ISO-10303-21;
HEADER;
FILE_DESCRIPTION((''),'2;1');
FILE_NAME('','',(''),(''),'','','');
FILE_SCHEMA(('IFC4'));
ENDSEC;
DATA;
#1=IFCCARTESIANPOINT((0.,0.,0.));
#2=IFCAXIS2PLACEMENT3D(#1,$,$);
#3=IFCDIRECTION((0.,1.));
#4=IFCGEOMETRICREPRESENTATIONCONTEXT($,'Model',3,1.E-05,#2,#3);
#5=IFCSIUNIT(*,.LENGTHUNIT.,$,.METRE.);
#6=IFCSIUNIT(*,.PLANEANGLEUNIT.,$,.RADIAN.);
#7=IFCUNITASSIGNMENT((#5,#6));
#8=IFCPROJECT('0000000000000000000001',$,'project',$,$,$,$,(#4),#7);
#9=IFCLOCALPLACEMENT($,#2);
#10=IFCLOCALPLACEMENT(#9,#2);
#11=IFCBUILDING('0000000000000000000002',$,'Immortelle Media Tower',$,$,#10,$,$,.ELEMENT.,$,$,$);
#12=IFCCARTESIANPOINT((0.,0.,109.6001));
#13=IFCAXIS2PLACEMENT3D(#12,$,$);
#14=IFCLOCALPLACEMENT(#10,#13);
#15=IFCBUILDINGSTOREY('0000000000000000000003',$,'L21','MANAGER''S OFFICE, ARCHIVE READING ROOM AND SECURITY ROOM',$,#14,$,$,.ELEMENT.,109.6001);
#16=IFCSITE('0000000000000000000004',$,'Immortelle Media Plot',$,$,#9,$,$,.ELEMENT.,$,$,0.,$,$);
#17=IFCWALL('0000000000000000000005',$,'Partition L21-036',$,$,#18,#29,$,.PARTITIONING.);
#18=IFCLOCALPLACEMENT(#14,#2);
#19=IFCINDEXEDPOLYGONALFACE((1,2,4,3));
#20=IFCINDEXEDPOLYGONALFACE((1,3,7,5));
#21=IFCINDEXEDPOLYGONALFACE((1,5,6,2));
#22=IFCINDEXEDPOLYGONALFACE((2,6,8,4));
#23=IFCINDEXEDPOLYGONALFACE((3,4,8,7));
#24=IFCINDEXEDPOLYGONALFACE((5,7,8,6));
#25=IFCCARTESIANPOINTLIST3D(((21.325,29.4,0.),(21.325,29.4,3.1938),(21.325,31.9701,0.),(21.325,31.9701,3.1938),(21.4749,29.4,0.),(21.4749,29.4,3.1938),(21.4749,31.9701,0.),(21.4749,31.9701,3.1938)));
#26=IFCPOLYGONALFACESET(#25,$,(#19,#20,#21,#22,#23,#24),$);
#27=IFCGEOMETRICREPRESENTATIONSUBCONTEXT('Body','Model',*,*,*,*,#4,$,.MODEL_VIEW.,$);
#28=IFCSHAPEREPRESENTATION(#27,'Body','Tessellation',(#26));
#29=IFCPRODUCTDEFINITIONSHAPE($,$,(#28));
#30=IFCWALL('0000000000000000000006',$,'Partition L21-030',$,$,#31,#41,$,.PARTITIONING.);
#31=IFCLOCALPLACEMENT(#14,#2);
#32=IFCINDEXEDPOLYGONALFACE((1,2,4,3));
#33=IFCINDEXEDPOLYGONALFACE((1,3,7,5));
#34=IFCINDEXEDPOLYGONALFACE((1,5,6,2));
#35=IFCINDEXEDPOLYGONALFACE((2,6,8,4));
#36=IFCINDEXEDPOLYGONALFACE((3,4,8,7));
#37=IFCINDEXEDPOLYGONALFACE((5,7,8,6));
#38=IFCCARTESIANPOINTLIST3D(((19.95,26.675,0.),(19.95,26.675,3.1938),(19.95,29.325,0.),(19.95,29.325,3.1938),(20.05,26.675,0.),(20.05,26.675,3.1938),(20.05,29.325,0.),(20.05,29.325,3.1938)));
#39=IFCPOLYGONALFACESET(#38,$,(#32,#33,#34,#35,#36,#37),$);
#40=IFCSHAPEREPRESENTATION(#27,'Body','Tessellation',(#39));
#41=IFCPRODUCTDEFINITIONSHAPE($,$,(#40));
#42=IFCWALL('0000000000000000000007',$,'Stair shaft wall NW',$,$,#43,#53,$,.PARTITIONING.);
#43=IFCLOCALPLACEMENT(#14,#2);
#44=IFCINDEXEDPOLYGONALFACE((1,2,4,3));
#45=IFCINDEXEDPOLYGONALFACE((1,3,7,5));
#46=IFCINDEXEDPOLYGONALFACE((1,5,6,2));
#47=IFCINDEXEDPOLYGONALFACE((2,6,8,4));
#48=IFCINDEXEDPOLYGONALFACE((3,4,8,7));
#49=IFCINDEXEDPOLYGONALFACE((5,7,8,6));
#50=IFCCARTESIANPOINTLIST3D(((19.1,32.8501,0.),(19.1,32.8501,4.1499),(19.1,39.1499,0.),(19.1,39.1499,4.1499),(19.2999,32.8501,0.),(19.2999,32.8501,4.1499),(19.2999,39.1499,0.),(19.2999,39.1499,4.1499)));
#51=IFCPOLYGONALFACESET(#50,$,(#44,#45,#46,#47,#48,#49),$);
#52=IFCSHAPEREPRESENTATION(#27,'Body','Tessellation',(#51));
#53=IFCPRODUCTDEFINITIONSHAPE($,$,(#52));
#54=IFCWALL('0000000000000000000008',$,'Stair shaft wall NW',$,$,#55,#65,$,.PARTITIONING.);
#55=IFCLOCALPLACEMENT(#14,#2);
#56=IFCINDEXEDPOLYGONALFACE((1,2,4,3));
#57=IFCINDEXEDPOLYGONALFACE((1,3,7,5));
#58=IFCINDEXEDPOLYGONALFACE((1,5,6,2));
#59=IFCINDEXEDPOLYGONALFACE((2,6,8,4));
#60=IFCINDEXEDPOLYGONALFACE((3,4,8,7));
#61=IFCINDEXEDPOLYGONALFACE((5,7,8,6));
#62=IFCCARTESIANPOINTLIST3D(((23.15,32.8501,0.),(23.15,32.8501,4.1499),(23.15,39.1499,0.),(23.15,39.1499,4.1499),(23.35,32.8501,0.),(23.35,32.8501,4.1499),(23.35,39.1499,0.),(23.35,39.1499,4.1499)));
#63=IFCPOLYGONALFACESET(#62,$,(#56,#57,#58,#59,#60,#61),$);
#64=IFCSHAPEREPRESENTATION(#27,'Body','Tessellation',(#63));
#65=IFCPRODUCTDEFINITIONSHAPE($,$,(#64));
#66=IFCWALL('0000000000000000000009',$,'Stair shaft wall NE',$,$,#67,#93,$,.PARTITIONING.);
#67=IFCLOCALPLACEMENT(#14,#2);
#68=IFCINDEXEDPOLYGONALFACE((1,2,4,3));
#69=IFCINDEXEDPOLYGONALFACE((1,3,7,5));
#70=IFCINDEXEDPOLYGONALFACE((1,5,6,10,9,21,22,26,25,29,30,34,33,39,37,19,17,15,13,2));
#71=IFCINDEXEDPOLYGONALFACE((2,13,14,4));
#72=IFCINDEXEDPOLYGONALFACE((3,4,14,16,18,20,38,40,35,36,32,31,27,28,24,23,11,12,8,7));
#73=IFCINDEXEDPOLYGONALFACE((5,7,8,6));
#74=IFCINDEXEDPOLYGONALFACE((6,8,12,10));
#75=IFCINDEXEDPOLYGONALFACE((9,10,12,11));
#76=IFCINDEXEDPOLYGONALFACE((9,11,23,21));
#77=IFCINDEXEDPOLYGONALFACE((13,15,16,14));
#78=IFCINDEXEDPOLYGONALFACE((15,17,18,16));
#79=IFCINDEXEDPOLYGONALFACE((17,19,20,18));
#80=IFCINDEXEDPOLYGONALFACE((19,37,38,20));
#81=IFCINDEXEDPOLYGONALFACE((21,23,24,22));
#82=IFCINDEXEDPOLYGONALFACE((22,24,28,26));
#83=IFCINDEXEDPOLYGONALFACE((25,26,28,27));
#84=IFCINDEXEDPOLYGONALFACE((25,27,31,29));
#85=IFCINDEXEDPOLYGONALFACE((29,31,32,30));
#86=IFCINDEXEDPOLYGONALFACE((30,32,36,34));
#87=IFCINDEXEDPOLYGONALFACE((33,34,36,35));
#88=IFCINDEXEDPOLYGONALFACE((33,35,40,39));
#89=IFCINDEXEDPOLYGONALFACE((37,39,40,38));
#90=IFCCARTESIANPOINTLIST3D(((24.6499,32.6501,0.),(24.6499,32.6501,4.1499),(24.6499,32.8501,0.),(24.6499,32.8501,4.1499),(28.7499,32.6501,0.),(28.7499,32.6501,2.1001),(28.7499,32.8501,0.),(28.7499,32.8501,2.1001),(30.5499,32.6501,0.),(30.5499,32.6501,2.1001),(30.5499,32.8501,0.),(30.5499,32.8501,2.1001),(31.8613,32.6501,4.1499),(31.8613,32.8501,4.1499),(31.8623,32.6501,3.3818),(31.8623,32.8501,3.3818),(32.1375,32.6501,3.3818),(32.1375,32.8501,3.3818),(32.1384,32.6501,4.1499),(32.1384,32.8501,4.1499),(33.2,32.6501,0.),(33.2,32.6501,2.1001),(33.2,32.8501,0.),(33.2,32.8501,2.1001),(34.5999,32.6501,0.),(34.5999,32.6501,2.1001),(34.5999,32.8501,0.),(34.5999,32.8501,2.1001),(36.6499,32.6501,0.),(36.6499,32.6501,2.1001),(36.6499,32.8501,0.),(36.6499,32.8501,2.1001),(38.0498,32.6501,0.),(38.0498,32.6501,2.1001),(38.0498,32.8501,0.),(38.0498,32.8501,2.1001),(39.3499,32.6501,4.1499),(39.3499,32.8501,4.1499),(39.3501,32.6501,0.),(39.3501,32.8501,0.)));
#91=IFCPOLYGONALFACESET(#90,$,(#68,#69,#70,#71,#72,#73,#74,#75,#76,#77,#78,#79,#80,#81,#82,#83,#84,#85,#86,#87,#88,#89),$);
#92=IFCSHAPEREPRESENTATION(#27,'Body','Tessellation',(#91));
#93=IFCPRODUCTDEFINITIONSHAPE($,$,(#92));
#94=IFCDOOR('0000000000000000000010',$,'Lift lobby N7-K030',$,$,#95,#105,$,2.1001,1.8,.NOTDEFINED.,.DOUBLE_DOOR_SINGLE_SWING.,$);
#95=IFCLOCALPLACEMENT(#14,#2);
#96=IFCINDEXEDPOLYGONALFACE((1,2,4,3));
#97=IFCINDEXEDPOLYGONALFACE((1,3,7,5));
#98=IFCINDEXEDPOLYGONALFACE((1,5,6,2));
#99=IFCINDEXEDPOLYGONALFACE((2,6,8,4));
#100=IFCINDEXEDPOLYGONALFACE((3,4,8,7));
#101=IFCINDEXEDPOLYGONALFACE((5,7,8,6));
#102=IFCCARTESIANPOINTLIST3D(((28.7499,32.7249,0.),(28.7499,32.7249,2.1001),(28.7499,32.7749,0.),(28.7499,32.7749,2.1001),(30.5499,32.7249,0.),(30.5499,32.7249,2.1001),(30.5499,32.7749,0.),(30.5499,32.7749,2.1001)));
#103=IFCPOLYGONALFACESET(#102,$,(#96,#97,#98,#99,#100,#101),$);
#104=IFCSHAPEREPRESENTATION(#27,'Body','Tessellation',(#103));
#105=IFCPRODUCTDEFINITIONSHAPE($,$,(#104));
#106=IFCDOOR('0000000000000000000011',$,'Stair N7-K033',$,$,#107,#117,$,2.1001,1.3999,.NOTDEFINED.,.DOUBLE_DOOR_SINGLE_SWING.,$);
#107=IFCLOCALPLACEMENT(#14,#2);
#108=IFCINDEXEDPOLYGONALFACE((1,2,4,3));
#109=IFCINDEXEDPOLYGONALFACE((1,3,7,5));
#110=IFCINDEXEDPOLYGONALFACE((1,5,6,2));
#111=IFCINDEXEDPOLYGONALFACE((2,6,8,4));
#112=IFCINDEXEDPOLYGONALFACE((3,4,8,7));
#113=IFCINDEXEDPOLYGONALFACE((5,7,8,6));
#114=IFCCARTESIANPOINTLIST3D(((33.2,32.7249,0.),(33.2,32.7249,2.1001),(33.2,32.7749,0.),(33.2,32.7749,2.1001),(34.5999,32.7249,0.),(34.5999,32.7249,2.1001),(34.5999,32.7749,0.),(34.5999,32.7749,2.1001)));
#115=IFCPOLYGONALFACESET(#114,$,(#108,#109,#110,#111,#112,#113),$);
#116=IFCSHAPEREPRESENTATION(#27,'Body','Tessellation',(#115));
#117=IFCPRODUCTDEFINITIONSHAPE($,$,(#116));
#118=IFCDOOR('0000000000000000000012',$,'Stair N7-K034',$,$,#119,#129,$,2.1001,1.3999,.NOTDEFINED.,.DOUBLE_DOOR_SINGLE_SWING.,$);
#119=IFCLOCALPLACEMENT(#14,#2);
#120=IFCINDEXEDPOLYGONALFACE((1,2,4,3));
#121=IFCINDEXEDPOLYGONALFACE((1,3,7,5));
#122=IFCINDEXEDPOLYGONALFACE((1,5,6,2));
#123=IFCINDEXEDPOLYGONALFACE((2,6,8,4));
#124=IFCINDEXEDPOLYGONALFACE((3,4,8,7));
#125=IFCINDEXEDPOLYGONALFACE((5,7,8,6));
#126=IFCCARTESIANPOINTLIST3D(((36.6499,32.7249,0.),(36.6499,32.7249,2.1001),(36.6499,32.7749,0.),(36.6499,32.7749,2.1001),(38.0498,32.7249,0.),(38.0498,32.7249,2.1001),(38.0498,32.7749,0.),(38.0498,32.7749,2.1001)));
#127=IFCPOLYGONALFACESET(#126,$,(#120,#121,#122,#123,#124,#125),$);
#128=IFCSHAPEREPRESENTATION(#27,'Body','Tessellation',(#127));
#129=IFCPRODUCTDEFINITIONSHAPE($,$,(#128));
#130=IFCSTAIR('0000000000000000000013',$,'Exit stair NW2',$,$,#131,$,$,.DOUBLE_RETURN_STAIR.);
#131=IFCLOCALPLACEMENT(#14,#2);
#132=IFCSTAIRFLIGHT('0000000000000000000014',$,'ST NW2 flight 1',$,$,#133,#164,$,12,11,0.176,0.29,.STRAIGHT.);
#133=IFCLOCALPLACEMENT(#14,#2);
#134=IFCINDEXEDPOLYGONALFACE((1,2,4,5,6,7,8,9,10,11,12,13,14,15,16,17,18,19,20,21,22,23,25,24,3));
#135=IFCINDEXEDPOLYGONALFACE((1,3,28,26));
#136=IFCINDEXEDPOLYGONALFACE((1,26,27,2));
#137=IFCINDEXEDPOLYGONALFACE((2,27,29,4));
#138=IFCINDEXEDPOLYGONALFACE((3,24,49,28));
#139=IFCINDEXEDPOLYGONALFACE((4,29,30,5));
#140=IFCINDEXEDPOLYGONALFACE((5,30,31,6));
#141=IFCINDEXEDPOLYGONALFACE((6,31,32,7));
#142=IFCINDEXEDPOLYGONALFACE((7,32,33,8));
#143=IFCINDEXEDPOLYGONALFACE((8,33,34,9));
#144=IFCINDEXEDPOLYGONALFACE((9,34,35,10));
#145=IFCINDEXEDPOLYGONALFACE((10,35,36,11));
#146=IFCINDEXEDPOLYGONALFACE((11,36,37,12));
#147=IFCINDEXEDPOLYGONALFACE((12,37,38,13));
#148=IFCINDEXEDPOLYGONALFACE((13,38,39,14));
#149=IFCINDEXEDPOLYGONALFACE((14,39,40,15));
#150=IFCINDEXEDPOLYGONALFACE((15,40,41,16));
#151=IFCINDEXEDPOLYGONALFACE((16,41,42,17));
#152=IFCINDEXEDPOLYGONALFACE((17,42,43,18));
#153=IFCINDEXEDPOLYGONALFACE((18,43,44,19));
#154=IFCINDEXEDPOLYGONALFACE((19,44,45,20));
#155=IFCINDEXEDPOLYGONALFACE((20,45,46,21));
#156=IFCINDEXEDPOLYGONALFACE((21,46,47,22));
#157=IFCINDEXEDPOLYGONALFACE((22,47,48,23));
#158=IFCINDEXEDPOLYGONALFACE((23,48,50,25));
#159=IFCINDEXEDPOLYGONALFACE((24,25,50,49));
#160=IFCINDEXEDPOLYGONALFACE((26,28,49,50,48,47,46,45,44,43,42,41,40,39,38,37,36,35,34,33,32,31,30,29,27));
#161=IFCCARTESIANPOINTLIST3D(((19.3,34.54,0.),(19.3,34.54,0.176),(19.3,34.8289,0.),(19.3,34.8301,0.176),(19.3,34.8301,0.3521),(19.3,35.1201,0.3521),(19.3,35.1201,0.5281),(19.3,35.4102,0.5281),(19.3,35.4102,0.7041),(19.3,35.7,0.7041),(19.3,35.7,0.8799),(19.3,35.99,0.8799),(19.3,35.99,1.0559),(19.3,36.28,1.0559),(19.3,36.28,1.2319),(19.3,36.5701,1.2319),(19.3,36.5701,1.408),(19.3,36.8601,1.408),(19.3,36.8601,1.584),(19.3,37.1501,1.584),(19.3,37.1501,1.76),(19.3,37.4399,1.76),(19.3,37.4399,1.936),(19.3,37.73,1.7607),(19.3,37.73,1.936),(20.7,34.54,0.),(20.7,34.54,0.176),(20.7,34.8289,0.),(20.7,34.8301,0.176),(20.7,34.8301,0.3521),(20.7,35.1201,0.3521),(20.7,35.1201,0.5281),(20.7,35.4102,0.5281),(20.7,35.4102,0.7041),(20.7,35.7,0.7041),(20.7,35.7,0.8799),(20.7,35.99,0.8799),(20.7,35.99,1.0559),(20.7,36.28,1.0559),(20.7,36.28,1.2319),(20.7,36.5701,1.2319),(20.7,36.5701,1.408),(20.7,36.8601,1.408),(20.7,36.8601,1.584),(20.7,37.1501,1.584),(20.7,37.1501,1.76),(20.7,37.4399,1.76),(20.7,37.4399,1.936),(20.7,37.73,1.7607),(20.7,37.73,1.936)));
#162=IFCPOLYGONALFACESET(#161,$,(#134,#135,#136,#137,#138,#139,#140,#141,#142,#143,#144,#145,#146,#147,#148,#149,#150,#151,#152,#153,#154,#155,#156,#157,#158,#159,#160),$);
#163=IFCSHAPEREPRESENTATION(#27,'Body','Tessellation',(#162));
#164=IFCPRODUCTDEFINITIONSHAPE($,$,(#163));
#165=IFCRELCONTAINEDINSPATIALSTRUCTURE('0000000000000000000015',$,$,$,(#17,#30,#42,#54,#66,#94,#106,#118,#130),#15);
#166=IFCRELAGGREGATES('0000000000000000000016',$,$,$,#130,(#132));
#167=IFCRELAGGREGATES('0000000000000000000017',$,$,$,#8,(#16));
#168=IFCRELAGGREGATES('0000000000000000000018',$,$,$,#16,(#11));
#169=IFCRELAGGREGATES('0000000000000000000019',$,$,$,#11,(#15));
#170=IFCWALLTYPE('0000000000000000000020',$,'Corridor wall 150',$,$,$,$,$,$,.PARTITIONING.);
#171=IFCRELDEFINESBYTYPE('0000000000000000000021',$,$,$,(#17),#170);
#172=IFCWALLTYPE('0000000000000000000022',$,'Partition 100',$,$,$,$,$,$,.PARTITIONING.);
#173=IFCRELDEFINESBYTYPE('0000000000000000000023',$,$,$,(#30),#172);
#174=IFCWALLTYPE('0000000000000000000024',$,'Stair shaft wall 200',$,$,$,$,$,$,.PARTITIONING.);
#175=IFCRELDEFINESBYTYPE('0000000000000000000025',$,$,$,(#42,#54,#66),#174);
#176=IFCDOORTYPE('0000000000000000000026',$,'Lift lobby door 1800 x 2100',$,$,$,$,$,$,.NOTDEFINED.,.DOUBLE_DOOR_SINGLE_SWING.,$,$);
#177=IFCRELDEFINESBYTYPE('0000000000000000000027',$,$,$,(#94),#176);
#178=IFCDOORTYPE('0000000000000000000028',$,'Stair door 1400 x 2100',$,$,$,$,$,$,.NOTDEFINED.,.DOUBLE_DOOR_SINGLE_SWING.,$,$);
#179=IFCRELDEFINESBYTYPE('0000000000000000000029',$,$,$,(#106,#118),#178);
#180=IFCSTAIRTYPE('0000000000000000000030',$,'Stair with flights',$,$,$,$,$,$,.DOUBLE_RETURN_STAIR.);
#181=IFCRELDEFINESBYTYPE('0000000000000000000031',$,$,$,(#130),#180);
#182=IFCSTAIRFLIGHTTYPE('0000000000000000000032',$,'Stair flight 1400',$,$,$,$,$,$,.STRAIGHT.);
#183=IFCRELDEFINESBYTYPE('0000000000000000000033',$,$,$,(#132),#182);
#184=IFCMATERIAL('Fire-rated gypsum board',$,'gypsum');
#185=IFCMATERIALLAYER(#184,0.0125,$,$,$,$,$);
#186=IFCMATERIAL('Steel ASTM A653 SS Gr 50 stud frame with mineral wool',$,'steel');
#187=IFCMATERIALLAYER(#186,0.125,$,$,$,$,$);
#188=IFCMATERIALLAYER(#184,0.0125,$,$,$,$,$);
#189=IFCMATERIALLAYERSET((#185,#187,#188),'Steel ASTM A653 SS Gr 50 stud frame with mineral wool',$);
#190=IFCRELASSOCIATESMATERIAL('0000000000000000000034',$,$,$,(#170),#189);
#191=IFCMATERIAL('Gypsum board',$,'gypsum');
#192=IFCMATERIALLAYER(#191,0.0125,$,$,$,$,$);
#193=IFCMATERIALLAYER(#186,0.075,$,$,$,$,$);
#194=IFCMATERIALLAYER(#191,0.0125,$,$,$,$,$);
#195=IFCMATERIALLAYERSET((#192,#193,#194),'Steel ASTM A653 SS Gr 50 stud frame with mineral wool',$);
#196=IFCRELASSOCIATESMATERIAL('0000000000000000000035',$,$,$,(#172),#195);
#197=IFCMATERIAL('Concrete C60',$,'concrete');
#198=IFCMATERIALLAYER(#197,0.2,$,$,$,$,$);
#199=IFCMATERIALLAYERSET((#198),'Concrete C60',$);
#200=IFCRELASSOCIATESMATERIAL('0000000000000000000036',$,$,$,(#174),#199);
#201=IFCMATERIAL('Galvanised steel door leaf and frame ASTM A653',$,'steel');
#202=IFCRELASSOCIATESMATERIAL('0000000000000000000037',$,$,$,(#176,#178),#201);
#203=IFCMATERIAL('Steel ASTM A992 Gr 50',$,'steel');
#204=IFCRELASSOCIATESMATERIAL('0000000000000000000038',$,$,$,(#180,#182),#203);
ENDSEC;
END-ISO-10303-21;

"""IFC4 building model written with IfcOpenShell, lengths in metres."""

from ifc_helpers import new_model, si_unit, direction, frame, frame_2d, origin, place, context, subcontext, project, spatial, polyline, rectangle, outline, extrude, material, layer, layer_set, type_object, element, fill, aggregate, save


model = new_model("IFC4")

# Units and contexts
model_context = context("Model", 3, precision=1e-05, world=origin(), true_north=direction((0.0, 1.0)))
body_context = subcontext(model_context, "Body", "Model", "MODEL_VIEW")
ifc_project = project(units=[si_unit("LENGTHUNIT", "METRE"), si_unit("PLANEANGLEUNIT", "RADIAN")], contexts=[model_context])

# Site, building, storey
site_placement = place(None, origin())
site = spatial("IfcSite", under=ifc_project, at=site_placement, Name="Immortelle Media Plot", CompositionType="ELEMENT", RefElevation=0.0)
building_placement = place(site_placement, origin())
building = spatial("IfcBuilding", under=site, at=building_placement, Name="Immortelle Media Tower", CompositionType="ELEMENT")
storey_placement = place(building_placement, frame((0.0, 0.0, 109.6001)))
storey = spatial("IfcBuildingStorey", under=building, at=storey_placement, Name="L21", Description="MANAGER'S OFFICE, ARCHIVE READING ROOM AND SECURITY ROOM", CompositionType="ELEMENT", Elevation=109.6001)

# Shared definitions
ifc_material_1 = material(Name="Steel ASTM A992 Gr 50", Category="steel")

# Shared definitions
ifc_material_2 = material(Name="Fire-rated gypsum board", Category="gypsum")
ifc_material_3 = material(Name="Steel ASTM A653 SS Gr 50 stud frame with mineral wool", Category="steel")

# Shared definitions
ifc_layer_1 = layer(ifc_material_2, 0.0125)
ifc_layer_2 = layer(ifc_material_3, 0.125)
ifc_layer_3 = layer(ifc_material_2, 0.0125)
ifc_layer_set_1 = layer_set([ifc_layer_1, ifc_layer_2, ifc_layer_3], Name="Steel ASTM A653 SS Gr 50 stud frame with mineral wool")
wall_type_1 = type_object("IfcWallType", Name="Corridor wall 150", PredefinedType="PARTITIONING", material=ifc_layer_set_1)

# Walls
wall_1_placement = place(storey_placement, frame((21.3999, 29.3999, 0.0), z_axis=(0.0, 0.0, 1.0), x_axis=(0.0, 1.0, 0.0)))
element("IfcWall", 1, at=wall_1_placement, inside=storey, type_object=wall_type_1, Name="Partition L21-036", PredefinedType="PARTITIONING", context=body_context, shape_type="SweptSolid", body=[
    extrude(rectangle(XDim=2.5701, YDim=0.1499, at=frame_2d((1.2852, 0.0))), origin(), (0.0, 0.0, 1.0), 3.1938),
])
ifc_material_4 = material(Name="Gypsum board", Category="gypsum")
ifc_layer_4 = layer(ifc_material_4, 0.0125)
ifc_layer_5 = layer(ifc_material_3, 0.075)
ifc_layer_6 = layer(ifc_material_4, 0.0125)
ifc_layer_set_2 = layer_set([ifc_layer_4, ifc_layer_5, ifc_layer_6], Name="Steel ASTM A653 SS Gr 50 stud frame with mineral wool")
wall_type_2 = type_object("IfcWallType", Name="Partition 100", PredefinedType="PARTITIONING", material=ifc_layer_set_2)
wall_2_placement = place(storey_placement, frame((20.0, 26.675, 0.0), z_axis=(0.0, 0.0, 1.0), x_axis=(0.0, 1.0, 0.0)))
element("IfcWall", 2, at=wall_2_placement, inside=storey, type_object=wall_type_2, Name="Partition L21-030", PredefinedType="PARTITIONING", context=body_context, shape_type="SweptSolid", body=[
    extrude(rectangle(XDim=2.6499, YDim=0.1001, at=frame_2d((1.325, 0.0))), origin(), (0.0, 0.0, 1.0), 3.1938),
])
ifc_material_5 = material(Name="Concrete C60", Category="concrete")
ifc_layer_7 = layer(ifc_material_5, 0.2)
ifc_layer_set_3 = layer_set([ifc_layer_7], Name="Concrete C60")
wall_type_3 = type_object("IfcWallType", Name="Stair shaft wall 200", PredefinedType="PARTITIONING", material=ifc_layer_set_3)
for number, where, z_axis, x_axis, name in (
    (3, (19.2, 32.8501, 0.0), (0.0, 0.0, 1.0), (0.0, 1.0, 0.0), "Stair shaft wall NW"),
    (4, (23.25, 32.8501, 0.0), (0.0, 0.0, 1.0), (0.0, 1.0, 0.0), "Stair shaft wall NW"),
):
    element("IfcWall", number, at=place(storey_placement, frame(where, z_axis=z_axis, x_axis=x_axis)), inside=storey, type_object=wall_type_3, Name=name, PredefinedType="PARTITIONING", context=body_context, shape_type="SweptSolid", body=[
        extrude(rectangle(XDim=6.2998, YDim=0.2, at=frame_2d((3.1499, 0.0))), origin(), (0.0, 0.0, 1.0), 4.1499),
    ])

# Wall, openings, doors
wall_3_placement = place(storey_placement, frame((24.6499, 32.75, 0.0), z_axis=(0.0, 0.0, 1.0), x_axis=(1.0, 0.0, 0.0)))
wall_3 = element("IfcWall", 5, at=wall_3_placement, inside=storey, type_object=wall_type_3, Name="Stair shaft wall NE", PredefinedType="PARTITIONING", context=body_context, shape_type="SweptSolid", body=[
    extrude(outline(polyline([(0.0, 0.0), (14.7002, 0.0), (14.7, 4.1499), (7.4885, 4.1499), (7.4875, 3.3818), (7.2124, 3.3818), (7.2114, 4.1499), (0.0, 4.1499), (0.0, 0.0)])), frame((0.0, 0.1001, 0.0), z_axis=(0.0, -1.0, 0.0), x_axis=(1.0, 0.0, 0.0)), (0.0, 0.0, 1.0), 0.2),
])
opening_1_placement = place(wall_3_placement, frame((4.1001, 0.0, 0.0)))
opening_1 = element("IfcOpeningElement", 6, at=opening_1_placement, cuts=wall_3, PredefinedType="OPENING", context=body_context, shape_type="SweptSolid", body=[
    extrude(rectangle(XDim=1.8, YDim=2.1001, at=frame_2d((0.8999, 1.05))), frame((0.0, 0.1099, 0.0), z_axis=(0.0, -1.0, 0.0), x_axis=(1.0, 0.0, 0.0)), (0.0, 0.0, 1.0), 0.22),
])
opening_2_placement = place(wall_3_placement, frame((8.55, 0.0, 0.0)))
opening_2 = element("IfcOpeningElement", 7, at=opening_2_placement, cuts=wall_3, PredefinedType="OPENING", context=body_context, shape_type="SweptSolid", body=[
    extrude(rectangle(XDim=1.3999, YDim=2.1001, at=frame_2d((0.7, 1.05))), frame((0.0, 0.1099, 0.0), z_axis=(0.0, -1.0, 0.0), x_axis=(1.0, 0.0, 0.0)), (0.0, 0.0, 1.0), 0.22),
])
opening_3_placement = place(wall_3_placement, frame((12.0, 0.0, 0.0)))
opening_3 = element("IfcOpeningElement", 8, at=opening_3_placement, cuts=wall_3, PredefinedType="OPENING", context=body_context, shape_type="SweptSolid", body=[
    extrude(rectangle(XDim=1.3999, YDim=2.1001, at=frame_2d((0.7, 1.05))), frame((0.0, 0.1099, 0.0), z_axis=(0.0, -1.0, 0.0), x_axis=(1.0, 0.0, 0.0)), (0.0, 0.0, 1.0), 0.22),
])
ifc_material_6 = material(Name="Galvanised steel door leaf and frame ASTM A653", Category="steel")
door_type_1 = type_object("IfcDoorType", Name="Lift lobby door 1800 x 2100", OperationType="DOUBLE_DOOR_SINGLE_SWING", PredefinedType="NOTDEFINED", material=ifc_material_6)
door_1_placement = place(opening_1_placement, origin())
door_1 = element("IfcDoor", 9, at=door_1_placement, inside=storey, type_object=door_type_1, Name="Lift lobby N7-K030", OperationType="DOUBLE_DOOR_SINGLE_SWING", OverallHeight=2.1001, OverallWidth=1.8, PredefinedType="NOTDEFINED", context=body_context, shape_type="SweptSolid", body=[
    extrude(rectangle(XDim=1.8, YDim=2.1001, at=frame_2d((0.8999, 1.05))), frame((0.0, 0.0249, 0.0), z_axis=(0.0, -1.0, 0.0), x_axis=(1.0, 0.0, 0.0)), (0.0, 0.0, 1.0), 0.05),
])
fill(opening_1, door_1)
door_type_2 = type_object("IfcDoorType", Name="Stair door 1400 x 2100", OperationType="DOUBLE_DOOR_SINGLE_SWING", PredefinedType="NOTDEFINED", material=ifc_material_6)
door_2_placement = place(opening_2_placement, origin())
door_2 = element("IfcDoor", 10, at=door_2_placement, inside=storey, type_object=door_type_2, Name="Stair N7-K033", OperationType="DOUBLE_DOOR_SINGLE_SWING", OverallHeight=2.1001, OverallWidth=1.3999, PredefinedType="NOTDEFINED", context=body_context, shape_type="SweptSolid", body=[
    extrude(rectangle(XDim=1.3999, YDim=2.1001, at=frame_2d((0.7, 1.05))), frame((0.0, 0.0249, 0.0), z_axis=(0.0, -1.0, 0.0), x_axis=(1.0, 0.0, 0.0)), (0.0, 0.0, 1.0), 0.05),
])
fill(opening_2, door_2)
door_3_placement = place(opening_3_placement, origin())
door_3 = element("IfcDoor", 11, at=door_3_placement, inside=storey, type_object=door_type_2, Name="Stair N7-K034", OperationType="DOUBLE_DOOR_SINGLE_SWING", OverallHeight=2.1001, OverallWidth=1.3999, PredefinedType="NOTDEFINED", context=body_context, shape_type="SweptSolid", body=[
    extrude(rectangle(XDim=1.3999, YDim=2.1001, at=frame_2d((0.7, 1.05))), frame((0.0, 0.0249, 0.0), z_axis=(0.0, -1.0, 0.0), x_axis=(1.0, 0.0, 0.0)), (0.0, 0.0, 1.0), 0.05),
])
fill(opening_3, door_3)

# Stair, stair flight
stair_type = type_object("IfcStairType", Name="Stair with flights", PredefinedType="DOUBLE_RETURN_STAIR", material=ifc_material_1)
stair_placement = place(storey_placement, origin())
stair = element("IfcStair", 12, at=stair_placement, inside=storey, type_object=stair_type, Name="Exit stair NW2", PredefinedType="DOUBLE_RETURN_STAIR")
stair_flight_type = type_object("IfcStairFlightType", Name="Stair flight 1400", PredefinedType="STRAIGHT", material=ifc_material_1)
stair_flight_placement = place(storey_placement, frame((20.0, 34.54, 0.0), z_axis=(0.0, 0.0, 1.0), x_axis=(0.0, 1.0, 0.0)))
stair_flight = element("IfcStairFlight", 13, at=stair_flight_placement, type_object=stair_flight_type, Name="ST NW2 flight 1", NumberOfRisers=12, NumberOfTreads=11, PredefinedType="STRAIGHT", RiserHeight=0.176, TreadLength=0.29, context=body_context, shape_type="SweptSolid", body=[
    extrude(outline(polyline([(0.0, 0.0), (0.0, 0.176), (0.29, 0.176), (0.29, 0.3521), (0.5801, 0.3521), (0.5801, 0.5281), (0.8701, 0.5281), (0.8701, 0.7041), (1.1599, 0.7041), (1.1599, 0.8799), (1.45, 0.8799), (1.45, 1.0559), (1.74, 1.0559), (1.74, 1.2319), (2.03, 1.2319), (2.03, 1.408), (2.3201, 1.408), (2.3201, 1.584), (2.6101, 1.584), (2.6101, 1.76), (2.8999, 1.76), (2.8999, 1.936), (3.1899, 1.936), (3.1899, 2.1121), (3.1899, 1.7607), (0.2888, 0.0), (0.0, 0.0)])), frame((0.0, 0.7, 0.0), z_axis=(0.0, -1.0, 0.0), x_axis=(1.0, 0.0, 0.0)), (0.0, 0.0, 1.0), 1.3999),
])
aggregate(stair, [stair_flight])

save(model, "model.ifc")
